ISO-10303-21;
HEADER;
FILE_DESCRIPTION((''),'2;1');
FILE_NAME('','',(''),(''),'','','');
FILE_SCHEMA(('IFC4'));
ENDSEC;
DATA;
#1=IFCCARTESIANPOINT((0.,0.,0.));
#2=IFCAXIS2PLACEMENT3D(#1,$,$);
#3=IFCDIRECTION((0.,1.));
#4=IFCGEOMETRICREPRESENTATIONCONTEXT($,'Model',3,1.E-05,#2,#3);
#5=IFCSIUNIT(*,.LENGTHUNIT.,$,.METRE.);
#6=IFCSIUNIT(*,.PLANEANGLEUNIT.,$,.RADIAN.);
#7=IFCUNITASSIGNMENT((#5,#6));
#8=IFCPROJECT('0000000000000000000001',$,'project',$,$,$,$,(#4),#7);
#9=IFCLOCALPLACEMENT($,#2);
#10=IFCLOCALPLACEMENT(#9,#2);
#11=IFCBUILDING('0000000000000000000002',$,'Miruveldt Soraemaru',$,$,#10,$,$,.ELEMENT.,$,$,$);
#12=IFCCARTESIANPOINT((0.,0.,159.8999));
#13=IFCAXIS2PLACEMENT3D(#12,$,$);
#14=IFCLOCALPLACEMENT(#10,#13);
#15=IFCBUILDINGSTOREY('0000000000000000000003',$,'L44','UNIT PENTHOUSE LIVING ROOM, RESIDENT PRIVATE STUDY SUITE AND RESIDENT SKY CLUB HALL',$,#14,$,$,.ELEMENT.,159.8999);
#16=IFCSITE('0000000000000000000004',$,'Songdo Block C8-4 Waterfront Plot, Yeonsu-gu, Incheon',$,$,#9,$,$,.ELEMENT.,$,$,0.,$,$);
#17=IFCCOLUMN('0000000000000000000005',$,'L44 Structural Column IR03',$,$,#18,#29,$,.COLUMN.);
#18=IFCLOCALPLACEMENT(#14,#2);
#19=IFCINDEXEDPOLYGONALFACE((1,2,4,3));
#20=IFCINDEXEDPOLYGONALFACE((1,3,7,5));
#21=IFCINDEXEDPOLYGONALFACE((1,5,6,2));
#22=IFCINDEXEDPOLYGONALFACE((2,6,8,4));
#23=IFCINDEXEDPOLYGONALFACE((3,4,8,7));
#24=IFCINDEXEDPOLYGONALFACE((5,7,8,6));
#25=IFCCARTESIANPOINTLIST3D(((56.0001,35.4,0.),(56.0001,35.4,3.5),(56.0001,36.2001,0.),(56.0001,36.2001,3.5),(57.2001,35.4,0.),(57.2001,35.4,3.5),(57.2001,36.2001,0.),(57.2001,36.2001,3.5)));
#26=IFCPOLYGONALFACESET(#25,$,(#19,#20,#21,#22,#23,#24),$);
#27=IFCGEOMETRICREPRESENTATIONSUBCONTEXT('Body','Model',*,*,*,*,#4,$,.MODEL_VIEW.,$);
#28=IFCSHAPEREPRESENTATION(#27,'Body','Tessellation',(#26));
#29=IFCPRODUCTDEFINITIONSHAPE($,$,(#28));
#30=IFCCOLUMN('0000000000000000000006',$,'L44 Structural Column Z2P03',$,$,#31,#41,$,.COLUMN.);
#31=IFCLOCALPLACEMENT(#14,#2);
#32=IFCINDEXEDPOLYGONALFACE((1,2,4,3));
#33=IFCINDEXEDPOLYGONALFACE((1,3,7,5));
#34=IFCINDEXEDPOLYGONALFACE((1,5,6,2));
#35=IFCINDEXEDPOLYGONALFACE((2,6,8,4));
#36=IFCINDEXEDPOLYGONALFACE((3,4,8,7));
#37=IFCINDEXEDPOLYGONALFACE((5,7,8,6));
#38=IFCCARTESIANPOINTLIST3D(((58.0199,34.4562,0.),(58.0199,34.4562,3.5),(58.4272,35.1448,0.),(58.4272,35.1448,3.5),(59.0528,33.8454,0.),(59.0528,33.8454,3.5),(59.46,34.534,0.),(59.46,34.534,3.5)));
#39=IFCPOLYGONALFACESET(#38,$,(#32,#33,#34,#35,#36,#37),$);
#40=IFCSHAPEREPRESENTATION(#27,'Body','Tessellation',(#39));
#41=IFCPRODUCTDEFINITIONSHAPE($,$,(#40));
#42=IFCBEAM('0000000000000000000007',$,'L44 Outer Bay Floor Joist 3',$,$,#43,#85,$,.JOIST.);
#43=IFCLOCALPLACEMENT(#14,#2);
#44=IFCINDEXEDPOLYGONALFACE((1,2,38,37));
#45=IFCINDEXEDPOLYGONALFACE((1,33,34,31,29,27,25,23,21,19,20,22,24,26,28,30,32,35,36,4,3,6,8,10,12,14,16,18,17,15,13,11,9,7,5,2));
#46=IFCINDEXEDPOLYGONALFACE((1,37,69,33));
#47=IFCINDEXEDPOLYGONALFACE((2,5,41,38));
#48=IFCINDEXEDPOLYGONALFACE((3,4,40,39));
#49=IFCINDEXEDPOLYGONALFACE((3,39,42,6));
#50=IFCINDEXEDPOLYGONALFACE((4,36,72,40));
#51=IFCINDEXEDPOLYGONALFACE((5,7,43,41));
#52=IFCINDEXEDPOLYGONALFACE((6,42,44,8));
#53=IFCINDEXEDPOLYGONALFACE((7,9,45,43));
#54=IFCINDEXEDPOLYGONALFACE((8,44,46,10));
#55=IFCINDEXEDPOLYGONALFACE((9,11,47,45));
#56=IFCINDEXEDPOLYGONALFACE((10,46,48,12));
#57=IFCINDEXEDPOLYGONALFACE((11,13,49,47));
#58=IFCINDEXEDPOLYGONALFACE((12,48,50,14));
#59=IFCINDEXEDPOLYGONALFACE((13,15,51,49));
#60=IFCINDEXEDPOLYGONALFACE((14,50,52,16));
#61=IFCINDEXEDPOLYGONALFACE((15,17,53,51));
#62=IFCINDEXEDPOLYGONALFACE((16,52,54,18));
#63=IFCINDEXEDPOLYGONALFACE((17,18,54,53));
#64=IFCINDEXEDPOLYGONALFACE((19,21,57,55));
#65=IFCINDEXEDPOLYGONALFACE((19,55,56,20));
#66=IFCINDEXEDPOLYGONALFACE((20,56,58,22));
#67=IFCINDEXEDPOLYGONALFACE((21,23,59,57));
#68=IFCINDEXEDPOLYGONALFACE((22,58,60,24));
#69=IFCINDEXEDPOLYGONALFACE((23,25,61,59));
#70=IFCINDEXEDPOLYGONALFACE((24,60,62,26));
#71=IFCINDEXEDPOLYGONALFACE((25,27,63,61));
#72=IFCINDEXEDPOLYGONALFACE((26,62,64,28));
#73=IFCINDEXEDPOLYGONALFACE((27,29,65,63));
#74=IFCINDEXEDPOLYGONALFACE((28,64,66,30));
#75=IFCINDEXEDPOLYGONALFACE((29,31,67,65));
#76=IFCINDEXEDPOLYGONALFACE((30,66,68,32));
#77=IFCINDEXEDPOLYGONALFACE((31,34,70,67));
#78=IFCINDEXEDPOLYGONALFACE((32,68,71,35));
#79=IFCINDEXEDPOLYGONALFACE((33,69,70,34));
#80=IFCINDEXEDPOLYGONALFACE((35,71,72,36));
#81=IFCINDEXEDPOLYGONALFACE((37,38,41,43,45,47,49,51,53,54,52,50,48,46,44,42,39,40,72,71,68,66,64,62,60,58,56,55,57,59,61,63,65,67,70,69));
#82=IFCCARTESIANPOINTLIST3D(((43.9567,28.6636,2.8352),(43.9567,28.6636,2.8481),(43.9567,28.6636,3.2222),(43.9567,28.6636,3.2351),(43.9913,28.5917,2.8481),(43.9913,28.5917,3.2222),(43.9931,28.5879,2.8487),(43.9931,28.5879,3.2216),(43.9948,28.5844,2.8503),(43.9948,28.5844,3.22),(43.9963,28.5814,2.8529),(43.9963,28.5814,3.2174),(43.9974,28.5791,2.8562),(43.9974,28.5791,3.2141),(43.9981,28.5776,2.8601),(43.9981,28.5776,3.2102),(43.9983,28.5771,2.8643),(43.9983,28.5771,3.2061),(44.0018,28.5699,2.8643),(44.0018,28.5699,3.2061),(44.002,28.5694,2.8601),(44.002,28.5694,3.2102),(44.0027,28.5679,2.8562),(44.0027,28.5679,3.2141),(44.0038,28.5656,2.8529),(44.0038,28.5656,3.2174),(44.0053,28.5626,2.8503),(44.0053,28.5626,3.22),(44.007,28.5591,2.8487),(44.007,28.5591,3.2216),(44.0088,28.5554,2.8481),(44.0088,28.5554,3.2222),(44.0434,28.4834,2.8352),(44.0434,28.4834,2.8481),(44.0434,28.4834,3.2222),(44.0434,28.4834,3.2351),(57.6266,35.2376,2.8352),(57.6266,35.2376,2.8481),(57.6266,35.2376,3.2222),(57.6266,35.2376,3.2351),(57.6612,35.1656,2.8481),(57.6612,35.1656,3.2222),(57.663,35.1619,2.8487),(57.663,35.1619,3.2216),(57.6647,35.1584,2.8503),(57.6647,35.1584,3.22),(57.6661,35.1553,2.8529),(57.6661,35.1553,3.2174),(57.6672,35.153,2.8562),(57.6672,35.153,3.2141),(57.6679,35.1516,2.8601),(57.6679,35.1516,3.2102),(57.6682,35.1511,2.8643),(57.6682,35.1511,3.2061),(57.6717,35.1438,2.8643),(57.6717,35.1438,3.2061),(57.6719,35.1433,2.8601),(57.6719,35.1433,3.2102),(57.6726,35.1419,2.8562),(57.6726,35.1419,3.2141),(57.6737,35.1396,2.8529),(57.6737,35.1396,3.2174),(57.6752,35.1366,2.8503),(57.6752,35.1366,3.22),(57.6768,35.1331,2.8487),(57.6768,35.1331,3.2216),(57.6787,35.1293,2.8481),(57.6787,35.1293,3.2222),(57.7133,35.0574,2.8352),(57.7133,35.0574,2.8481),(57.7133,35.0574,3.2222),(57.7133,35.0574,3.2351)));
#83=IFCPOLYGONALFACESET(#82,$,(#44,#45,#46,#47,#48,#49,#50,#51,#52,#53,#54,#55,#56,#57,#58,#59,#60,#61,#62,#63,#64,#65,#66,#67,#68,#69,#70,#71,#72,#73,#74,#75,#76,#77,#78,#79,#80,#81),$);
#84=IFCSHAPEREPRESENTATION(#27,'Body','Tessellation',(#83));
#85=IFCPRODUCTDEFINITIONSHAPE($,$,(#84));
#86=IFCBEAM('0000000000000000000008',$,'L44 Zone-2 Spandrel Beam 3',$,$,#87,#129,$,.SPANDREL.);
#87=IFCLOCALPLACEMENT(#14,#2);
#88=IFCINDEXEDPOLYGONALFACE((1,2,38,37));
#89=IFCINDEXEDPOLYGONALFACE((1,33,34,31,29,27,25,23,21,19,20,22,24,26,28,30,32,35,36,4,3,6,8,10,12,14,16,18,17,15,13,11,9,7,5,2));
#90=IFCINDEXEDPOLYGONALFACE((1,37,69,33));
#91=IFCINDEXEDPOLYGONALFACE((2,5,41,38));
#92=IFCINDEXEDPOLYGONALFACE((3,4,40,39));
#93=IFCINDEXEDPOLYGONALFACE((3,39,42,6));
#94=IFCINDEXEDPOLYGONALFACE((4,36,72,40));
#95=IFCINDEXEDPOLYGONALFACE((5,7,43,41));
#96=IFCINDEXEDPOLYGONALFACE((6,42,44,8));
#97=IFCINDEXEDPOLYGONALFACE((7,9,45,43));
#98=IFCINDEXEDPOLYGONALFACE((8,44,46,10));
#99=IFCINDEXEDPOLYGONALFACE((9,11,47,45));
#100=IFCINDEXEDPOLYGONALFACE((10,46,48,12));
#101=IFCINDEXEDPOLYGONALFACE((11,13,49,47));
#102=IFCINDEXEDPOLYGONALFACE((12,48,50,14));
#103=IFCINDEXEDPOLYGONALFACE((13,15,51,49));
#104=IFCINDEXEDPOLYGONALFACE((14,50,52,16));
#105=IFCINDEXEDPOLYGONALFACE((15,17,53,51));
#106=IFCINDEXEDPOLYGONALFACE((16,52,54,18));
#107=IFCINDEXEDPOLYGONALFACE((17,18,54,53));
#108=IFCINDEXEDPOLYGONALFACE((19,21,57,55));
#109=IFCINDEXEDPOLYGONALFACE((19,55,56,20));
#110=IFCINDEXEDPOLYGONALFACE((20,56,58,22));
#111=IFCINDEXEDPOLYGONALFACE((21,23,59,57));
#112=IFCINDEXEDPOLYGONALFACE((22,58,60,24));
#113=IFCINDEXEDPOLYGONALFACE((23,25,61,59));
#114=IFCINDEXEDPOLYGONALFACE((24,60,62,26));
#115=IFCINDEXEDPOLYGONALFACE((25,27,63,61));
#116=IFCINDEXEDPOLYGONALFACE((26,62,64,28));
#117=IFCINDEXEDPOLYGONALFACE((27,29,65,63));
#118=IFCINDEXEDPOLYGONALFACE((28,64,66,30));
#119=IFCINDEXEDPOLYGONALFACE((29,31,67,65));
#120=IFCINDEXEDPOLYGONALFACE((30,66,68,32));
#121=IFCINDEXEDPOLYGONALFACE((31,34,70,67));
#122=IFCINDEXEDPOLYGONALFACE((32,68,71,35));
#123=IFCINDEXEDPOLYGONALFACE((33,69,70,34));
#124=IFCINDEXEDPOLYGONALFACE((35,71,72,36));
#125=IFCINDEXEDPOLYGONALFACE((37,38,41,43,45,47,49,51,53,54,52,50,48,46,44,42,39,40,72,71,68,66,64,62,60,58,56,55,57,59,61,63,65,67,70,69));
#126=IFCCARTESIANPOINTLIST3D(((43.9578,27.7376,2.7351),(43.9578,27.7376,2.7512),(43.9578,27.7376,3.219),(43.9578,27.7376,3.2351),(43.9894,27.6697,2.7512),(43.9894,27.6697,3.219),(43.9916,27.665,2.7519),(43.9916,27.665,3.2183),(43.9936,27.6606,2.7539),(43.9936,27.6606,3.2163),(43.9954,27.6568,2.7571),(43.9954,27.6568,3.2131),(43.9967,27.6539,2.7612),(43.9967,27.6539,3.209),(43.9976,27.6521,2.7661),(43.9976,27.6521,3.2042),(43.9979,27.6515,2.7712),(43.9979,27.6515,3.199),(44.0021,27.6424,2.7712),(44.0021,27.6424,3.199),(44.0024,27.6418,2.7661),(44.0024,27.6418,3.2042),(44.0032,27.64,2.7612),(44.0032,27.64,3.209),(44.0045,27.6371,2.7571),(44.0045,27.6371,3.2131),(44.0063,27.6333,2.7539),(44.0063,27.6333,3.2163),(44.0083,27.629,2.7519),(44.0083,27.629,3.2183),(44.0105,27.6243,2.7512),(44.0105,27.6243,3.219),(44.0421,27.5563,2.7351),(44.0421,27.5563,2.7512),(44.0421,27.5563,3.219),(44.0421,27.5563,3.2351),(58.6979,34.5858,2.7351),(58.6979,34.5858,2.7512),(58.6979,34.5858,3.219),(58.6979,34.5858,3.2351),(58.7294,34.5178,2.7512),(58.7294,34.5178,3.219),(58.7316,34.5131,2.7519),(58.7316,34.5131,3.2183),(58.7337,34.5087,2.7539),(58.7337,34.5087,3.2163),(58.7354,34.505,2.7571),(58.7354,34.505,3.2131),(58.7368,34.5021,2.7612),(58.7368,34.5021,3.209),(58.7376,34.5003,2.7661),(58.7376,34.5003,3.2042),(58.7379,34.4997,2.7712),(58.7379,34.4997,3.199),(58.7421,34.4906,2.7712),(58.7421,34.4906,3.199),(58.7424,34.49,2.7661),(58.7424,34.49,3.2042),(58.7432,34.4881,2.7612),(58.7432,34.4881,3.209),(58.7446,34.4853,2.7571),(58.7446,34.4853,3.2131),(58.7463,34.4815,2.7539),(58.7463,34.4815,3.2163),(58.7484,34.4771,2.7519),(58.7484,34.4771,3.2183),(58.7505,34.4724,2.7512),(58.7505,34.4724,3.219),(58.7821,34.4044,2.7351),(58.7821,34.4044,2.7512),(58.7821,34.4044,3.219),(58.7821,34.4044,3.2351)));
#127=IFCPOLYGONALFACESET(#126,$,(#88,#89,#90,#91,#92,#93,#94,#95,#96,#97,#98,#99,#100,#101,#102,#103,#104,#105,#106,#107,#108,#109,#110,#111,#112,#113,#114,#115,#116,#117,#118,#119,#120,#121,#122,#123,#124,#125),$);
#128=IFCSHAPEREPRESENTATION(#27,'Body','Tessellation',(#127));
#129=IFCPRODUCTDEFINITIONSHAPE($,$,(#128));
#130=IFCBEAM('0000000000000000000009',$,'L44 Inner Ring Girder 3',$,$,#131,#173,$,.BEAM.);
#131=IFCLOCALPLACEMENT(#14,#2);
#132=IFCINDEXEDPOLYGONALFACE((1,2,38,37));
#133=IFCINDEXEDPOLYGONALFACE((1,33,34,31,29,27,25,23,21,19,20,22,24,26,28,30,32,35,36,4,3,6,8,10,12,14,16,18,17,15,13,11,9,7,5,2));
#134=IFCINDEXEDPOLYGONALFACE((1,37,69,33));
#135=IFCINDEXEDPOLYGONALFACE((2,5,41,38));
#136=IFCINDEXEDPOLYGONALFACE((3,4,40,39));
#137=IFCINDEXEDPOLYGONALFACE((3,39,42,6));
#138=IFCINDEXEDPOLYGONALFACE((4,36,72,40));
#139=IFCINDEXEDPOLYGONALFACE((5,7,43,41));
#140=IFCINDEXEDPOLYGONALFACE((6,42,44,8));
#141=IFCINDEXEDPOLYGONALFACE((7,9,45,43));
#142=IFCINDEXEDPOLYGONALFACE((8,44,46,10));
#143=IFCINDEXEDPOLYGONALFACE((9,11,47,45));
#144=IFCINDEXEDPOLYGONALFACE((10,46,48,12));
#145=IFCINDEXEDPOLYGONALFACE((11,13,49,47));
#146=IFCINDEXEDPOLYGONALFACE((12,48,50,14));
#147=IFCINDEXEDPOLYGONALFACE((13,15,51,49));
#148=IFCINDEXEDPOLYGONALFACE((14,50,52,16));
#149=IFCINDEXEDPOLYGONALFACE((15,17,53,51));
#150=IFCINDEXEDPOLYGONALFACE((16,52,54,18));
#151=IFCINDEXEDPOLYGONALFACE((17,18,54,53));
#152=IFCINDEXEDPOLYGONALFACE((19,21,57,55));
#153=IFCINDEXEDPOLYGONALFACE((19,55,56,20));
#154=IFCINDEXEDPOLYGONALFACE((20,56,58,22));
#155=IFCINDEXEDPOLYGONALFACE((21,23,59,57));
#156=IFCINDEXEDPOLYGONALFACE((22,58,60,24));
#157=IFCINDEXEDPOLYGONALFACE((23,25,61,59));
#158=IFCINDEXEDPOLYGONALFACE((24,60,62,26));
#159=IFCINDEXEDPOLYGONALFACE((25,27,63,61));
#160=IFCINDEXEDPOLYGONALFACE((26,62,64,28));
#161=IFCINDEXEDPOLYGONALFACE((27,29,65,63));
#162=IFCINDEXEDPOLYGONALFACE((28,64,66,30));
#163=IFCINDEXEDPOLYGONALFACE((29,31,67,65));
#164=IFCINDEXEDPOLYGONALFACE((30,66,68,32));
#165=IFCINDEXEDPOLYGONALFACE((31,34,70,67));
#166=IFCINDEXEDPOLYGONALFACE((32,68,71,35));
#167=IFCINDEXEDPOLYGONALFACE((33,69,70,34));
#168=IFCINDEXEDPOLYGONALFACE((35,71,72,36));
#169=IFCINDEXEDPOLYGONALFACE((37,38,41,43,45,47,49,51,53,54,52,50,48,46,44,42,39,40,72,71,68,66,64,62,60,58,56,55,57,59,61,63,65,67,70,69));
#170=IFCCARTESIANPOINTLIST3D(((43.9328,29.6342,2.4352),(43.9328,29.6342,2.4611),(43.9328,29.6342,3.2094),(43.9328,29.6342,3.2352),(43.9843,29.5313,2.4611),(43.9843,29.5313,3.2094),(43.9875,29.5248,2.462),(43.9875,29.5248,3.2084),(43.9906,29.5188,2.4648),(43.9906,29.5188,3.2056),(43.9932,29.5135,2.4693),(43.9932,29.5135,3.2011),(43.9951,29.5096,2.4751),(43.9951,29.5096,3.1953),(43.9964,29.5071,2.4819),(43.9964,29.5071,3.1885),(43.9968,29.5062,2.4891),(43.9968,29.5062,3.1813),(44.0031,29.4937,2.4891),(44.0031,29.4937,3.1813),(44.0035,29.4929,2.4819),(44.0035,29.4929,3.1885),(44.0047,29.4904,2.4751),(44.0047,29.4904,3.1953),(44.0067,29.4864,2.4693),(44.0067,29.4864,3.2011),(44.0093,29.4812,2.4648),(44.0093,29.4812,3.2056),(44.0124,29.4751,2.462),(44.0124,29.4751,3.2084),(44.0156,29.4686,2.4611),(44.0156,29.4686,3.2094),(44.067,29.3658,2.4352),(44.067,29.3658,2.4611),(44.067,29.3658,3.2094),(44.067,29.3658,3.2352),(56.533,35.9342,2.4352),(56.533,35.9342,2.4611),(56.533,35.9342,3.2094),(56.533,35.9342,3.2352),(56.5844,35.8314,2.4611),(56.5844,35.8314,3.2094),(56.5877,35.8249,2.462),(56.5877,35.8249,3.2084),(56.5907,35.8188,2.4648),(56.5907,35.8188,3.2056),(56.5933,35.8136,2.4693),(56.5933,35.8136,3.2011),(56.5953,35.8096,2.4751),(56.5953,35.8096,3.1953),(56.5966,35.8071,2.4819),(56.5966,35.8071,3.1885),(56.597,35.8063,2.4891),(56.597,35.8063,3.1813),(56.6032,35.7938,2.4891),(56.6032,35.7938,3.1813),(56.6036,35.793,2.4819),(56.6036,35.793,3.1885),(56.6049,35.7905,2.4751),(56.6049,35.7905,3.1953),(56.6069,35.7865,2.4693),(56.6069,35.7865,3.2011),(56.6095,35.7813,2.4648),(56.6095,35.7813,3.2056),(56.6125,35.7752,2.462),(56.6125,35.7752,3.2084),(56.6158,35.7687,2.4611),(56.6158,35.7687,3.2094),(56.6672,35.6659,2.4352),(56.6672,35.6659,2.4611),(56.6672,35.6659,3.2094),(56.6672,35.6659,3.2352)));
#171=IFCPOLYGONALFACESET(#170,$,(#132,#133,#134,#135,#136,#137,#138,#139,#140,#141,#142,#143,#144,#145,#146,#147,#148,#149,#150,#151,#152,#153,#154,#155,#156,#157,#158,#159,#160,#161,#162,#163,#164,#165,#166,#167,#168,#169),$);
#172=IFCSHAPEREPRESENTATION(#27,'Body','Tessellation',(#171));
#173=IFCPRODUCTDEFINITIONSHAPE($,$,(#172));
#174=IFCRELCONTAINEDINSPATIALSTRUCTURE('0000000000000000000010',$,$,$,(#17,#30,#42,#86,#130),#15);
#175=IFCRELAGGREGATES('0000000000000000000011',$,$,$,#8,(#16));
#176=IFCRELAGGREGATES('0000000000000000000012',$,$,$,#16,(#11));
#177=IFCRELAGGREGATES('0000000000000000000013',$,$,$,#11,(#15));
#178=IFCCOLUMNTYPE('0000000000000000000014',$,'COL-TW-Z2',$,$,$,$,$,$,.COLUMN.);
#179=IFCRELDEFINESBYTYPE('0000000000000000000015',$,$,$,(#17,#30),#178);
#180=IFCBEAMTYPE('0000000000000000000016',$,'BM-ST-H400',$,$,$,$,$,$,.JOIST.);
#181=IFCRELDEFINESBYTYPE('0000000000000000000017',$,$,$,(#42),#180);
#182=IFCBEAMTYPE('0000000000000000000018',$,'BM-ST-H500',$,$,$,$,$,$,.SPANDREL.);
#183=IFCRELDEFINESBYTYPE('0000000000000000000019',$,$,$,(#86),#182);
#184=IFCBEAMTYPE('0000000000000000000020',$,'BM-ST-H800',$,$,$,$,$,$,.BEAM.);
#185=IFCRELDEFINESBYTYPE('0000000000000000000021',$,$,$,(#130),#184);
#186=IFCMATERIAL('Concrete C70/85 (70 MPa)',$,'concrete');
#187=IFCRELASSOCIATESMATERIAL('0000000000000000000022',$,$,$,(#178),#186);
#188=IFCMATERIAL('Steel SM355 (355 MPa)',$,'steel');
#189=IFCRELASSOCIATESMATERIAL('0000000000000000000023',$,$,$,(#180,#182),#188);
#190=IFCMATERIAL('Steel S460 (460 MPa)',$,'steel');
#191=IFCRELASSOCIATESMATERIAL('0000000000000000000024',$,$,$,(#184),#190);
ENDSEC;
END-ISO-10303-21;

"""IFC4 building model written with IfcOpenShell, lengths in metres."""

from ifc_helpers import new_model, si_unit, direction, frame, origin, origin_2d, place, context, subcontext, project, spatial, rectangle, i_section, extrude, material, material_profile, profile_set, type_object, element, save


model = new_model("IFC4")

# Units and contexts
model_context = context("Model", 3, precision=1e-05, world=origin(), true_north=direction((0.0, 1.0)))
body_context = subcontext(model_context, "Body", "Model", "MODEL_VIEW")
ifc_project = project(units=[si_unit("LENGTHUNIT", "METRE"), si_unit("PLANEANGLEUNIT", "RADIAN")], contexts=[model_context])

# Site, building, storey
site_placement = place(None, origin())
site = spatial("IfcSite", under=ifc_project, at=site_placement, Name="Songdo Block C8-4 Waterfront Plot, Yeonsu-gu, Incheon", CompositionType="ELEMENT", RefElevation=0.0)
building_placement = place(site_placement, origin())
building = spatial("IfcBuilding", under=site, at=building_placement, Name="Miruveldt Soraemaru", CompositionType="ELEMENT")
storey_placement = place(building_placement, frame((0.0, 0.0, 159.8999)))
storey = spatial("IfcBuildingStorey", under=building, at=storey_placement, Name="L44", Description="UNIT PENTHOUSE LIVING ROOM, RESIDENT PRIVATE STUDY SUITE AND RESIDENT SKY CLUB HALL", CompositionType="ELEMENT", Elevation=159.8999)

# Columns
ifc_material_1 = material(Name="Concrete C70/85 (70 MPa)", Category="concrete")
ifc_material_profile_1 = material_profile(ifc_material_1, rectangle(XDim=1.2, YDim=0.8, at=origin_2d()), Name="Concrete C70/85 (70 MPa)", Category="concrete")
ifc_profile_set_1 = profile_set([ifc_material_profile_1], Name="Concrete C70/85 (70 MPa)")
column_type = type_object("IfcColumnType", Name="COL-TW-Z2", PredefinedType="COLUMN", material=ifc_profile_set_1)
for number, where, z_axis, x_axis, name in (
    (1, (56.6001, 35.8, 0.0), (0.0, 0.0, 1.0), (1.0, 0.0, 0.0), "L44 Structural Column IR03"),
    (2, (58.74, 34.4951, 0.0), (0.0, 0.0, 1.0), (-0.860742, 0.509041, 0.0), "L44 Structural Column Z2P03"),
):
    element("IfcColumn", number, at=place(storey_placement, frame(where, z_axis=z_axis, x_axis=x_axis)), inside=storey, type_object=column_type, Name=name, PredefinedType="COLUMN", context=body_context, shape_type="SweptSolid", body=[
        extrude(rectangle(XDim=1.2, YDim=0.8, at=origin_2d()), origin(), (0.0, 0.0, 1.0), 3.5),
    ])

# Beams
ifc_material_2 = material(Name="Steel SM355 (355 MPa)", Category="steel")
ifc_material_profile_2 = material_profile(ifc_material_2, i_section(OverallWidth=0.2, OverallDepth=0.3999, WebThickness=0.0081, FlangeThickness=0.0129, FilletRadius=0.0161, at=origin_2d()), Name="Steel SM355 (355 MPa)", Category="steel")
ifc_profile_set_2 = profile_set([ifc_material_profile_2], Name="Steel SM355 (355 MPa)")
beam_type_1 = type_object("IfcBeamType", Name="BM-ST-H400", PredefinedType="JOIST", material=ifc_profile_set_2)
beam_1_placement = place(storey_placement, frame((57.6699, 35.1475, 3.0352), z_axis=(-0.901204, -0.433396, 0.0), x_axis=(0.433396, -0.901204, 0.0)))
element("IfcBeam", 3, at=beam_1_placement, inside=storey, type_object=beam_type_1, Name="L44 Outer Bay Floor Joist 3", PredefinedType="JOIST", context=body_context, shape_type="SweptSolid", body=[
    extrude(i_section(OverallWidth=0.2, OverallDepth=0.3999, WebThickness=0.0081, FlangeThickness=0.0129, FilletRadius=0.0161, at=origin_2d()), origin(), (0.0, 0.0, 1.0), 15.1685),
])
ifc_material_profile_3 = material_profile(ifc_material_2, i_section(OverallWidth=0.2, OverallDepth=0.5, WebThickness=0.01, FlangeThickness=0.0161, FilletRadius=0.02, at=origin_2d()), Name="Steel SM355 (355 MPa)", Category="steel")
ifc_profile_set_3 = profile_set([ifc_material_profile_3], Name="Steel SM355 (355 MPa)")
beam_type_2 = type_object("IfcBeamType", Name="BM-ST-H500", PredefinedType="SPANDREL", material=ifc_profile_set_3)
beam_2_placement = place(storey_placement, frame((58.74, 34.4951, 2.9851), z_axis=(-0.906901, -0.421343, 0.0), x_axis=(0.421343, -0.906901, 0.0)))
element("IfcBeam", 4, at=beam_2_placement, inside=storey, type_object=beam_type_2, Name="L44 Zone-2 Spandrel Beam 3", PredefinedType="SPANDREL", context=body_context, shape_type="SweptSolid", body=[
    extrude(i_section(OverallWidth=0.2, OverallDepth=0.5, WebThickness=0.01, FlangeThickness=0.0161, FilletRadius=0.02, at=origin_2d()), origin(), (0.0, 0.0, 1.0), 16.2532),
])
ifc_material_3 = material(Name="Steel S460 (460 MPa)", Category="steel")
ifc_material_profile_4 = material_profile(ifc_material_3, i_section(OverallWidth=0.3, OverallDepth=0.8, WebThickness=0.0139, FlangeThickness=0.0259, FilletRadius=0.0281, at=origin_2d()), Name="Steel S460 (460 MPa)", Category="steel")
ifc_profile_set_4 = profile_set([ifc_material_profile_4], Name="Steel S460 (460 MPa)")
beam_type_3 = type_object("IfcBeamType", Name="BM-ST-H800", PredefinedType="BEAM", material=ifc_profile_set_4)
beam_3_placement = place(storey_placement, frame((56.6001, 35.8, 2.8352), z_axis=(-0.894427, -0.447214, 0.0), x_axis=(0.447214, -0.894427, 0.0)))
element("IfcBeam", 5, at=beam_3_placement, inside=storey, type_object=beam_type_3, Name="L44 Inner Ring Girder 3", PredefinedType="BEAM", context=body_context, shape_type="SweptSolid", body=[
    extrude(i_section(OverallWidth=0.3, OverallDepth=0.8, WebThickness=0.0139, FlangeThickness=0.0259, FilletRadius=0.0281, at=origin_2d()), origin(), (0.0, 0.0, 1.0), 14.0874),
])

save(model, "model.ifc")
